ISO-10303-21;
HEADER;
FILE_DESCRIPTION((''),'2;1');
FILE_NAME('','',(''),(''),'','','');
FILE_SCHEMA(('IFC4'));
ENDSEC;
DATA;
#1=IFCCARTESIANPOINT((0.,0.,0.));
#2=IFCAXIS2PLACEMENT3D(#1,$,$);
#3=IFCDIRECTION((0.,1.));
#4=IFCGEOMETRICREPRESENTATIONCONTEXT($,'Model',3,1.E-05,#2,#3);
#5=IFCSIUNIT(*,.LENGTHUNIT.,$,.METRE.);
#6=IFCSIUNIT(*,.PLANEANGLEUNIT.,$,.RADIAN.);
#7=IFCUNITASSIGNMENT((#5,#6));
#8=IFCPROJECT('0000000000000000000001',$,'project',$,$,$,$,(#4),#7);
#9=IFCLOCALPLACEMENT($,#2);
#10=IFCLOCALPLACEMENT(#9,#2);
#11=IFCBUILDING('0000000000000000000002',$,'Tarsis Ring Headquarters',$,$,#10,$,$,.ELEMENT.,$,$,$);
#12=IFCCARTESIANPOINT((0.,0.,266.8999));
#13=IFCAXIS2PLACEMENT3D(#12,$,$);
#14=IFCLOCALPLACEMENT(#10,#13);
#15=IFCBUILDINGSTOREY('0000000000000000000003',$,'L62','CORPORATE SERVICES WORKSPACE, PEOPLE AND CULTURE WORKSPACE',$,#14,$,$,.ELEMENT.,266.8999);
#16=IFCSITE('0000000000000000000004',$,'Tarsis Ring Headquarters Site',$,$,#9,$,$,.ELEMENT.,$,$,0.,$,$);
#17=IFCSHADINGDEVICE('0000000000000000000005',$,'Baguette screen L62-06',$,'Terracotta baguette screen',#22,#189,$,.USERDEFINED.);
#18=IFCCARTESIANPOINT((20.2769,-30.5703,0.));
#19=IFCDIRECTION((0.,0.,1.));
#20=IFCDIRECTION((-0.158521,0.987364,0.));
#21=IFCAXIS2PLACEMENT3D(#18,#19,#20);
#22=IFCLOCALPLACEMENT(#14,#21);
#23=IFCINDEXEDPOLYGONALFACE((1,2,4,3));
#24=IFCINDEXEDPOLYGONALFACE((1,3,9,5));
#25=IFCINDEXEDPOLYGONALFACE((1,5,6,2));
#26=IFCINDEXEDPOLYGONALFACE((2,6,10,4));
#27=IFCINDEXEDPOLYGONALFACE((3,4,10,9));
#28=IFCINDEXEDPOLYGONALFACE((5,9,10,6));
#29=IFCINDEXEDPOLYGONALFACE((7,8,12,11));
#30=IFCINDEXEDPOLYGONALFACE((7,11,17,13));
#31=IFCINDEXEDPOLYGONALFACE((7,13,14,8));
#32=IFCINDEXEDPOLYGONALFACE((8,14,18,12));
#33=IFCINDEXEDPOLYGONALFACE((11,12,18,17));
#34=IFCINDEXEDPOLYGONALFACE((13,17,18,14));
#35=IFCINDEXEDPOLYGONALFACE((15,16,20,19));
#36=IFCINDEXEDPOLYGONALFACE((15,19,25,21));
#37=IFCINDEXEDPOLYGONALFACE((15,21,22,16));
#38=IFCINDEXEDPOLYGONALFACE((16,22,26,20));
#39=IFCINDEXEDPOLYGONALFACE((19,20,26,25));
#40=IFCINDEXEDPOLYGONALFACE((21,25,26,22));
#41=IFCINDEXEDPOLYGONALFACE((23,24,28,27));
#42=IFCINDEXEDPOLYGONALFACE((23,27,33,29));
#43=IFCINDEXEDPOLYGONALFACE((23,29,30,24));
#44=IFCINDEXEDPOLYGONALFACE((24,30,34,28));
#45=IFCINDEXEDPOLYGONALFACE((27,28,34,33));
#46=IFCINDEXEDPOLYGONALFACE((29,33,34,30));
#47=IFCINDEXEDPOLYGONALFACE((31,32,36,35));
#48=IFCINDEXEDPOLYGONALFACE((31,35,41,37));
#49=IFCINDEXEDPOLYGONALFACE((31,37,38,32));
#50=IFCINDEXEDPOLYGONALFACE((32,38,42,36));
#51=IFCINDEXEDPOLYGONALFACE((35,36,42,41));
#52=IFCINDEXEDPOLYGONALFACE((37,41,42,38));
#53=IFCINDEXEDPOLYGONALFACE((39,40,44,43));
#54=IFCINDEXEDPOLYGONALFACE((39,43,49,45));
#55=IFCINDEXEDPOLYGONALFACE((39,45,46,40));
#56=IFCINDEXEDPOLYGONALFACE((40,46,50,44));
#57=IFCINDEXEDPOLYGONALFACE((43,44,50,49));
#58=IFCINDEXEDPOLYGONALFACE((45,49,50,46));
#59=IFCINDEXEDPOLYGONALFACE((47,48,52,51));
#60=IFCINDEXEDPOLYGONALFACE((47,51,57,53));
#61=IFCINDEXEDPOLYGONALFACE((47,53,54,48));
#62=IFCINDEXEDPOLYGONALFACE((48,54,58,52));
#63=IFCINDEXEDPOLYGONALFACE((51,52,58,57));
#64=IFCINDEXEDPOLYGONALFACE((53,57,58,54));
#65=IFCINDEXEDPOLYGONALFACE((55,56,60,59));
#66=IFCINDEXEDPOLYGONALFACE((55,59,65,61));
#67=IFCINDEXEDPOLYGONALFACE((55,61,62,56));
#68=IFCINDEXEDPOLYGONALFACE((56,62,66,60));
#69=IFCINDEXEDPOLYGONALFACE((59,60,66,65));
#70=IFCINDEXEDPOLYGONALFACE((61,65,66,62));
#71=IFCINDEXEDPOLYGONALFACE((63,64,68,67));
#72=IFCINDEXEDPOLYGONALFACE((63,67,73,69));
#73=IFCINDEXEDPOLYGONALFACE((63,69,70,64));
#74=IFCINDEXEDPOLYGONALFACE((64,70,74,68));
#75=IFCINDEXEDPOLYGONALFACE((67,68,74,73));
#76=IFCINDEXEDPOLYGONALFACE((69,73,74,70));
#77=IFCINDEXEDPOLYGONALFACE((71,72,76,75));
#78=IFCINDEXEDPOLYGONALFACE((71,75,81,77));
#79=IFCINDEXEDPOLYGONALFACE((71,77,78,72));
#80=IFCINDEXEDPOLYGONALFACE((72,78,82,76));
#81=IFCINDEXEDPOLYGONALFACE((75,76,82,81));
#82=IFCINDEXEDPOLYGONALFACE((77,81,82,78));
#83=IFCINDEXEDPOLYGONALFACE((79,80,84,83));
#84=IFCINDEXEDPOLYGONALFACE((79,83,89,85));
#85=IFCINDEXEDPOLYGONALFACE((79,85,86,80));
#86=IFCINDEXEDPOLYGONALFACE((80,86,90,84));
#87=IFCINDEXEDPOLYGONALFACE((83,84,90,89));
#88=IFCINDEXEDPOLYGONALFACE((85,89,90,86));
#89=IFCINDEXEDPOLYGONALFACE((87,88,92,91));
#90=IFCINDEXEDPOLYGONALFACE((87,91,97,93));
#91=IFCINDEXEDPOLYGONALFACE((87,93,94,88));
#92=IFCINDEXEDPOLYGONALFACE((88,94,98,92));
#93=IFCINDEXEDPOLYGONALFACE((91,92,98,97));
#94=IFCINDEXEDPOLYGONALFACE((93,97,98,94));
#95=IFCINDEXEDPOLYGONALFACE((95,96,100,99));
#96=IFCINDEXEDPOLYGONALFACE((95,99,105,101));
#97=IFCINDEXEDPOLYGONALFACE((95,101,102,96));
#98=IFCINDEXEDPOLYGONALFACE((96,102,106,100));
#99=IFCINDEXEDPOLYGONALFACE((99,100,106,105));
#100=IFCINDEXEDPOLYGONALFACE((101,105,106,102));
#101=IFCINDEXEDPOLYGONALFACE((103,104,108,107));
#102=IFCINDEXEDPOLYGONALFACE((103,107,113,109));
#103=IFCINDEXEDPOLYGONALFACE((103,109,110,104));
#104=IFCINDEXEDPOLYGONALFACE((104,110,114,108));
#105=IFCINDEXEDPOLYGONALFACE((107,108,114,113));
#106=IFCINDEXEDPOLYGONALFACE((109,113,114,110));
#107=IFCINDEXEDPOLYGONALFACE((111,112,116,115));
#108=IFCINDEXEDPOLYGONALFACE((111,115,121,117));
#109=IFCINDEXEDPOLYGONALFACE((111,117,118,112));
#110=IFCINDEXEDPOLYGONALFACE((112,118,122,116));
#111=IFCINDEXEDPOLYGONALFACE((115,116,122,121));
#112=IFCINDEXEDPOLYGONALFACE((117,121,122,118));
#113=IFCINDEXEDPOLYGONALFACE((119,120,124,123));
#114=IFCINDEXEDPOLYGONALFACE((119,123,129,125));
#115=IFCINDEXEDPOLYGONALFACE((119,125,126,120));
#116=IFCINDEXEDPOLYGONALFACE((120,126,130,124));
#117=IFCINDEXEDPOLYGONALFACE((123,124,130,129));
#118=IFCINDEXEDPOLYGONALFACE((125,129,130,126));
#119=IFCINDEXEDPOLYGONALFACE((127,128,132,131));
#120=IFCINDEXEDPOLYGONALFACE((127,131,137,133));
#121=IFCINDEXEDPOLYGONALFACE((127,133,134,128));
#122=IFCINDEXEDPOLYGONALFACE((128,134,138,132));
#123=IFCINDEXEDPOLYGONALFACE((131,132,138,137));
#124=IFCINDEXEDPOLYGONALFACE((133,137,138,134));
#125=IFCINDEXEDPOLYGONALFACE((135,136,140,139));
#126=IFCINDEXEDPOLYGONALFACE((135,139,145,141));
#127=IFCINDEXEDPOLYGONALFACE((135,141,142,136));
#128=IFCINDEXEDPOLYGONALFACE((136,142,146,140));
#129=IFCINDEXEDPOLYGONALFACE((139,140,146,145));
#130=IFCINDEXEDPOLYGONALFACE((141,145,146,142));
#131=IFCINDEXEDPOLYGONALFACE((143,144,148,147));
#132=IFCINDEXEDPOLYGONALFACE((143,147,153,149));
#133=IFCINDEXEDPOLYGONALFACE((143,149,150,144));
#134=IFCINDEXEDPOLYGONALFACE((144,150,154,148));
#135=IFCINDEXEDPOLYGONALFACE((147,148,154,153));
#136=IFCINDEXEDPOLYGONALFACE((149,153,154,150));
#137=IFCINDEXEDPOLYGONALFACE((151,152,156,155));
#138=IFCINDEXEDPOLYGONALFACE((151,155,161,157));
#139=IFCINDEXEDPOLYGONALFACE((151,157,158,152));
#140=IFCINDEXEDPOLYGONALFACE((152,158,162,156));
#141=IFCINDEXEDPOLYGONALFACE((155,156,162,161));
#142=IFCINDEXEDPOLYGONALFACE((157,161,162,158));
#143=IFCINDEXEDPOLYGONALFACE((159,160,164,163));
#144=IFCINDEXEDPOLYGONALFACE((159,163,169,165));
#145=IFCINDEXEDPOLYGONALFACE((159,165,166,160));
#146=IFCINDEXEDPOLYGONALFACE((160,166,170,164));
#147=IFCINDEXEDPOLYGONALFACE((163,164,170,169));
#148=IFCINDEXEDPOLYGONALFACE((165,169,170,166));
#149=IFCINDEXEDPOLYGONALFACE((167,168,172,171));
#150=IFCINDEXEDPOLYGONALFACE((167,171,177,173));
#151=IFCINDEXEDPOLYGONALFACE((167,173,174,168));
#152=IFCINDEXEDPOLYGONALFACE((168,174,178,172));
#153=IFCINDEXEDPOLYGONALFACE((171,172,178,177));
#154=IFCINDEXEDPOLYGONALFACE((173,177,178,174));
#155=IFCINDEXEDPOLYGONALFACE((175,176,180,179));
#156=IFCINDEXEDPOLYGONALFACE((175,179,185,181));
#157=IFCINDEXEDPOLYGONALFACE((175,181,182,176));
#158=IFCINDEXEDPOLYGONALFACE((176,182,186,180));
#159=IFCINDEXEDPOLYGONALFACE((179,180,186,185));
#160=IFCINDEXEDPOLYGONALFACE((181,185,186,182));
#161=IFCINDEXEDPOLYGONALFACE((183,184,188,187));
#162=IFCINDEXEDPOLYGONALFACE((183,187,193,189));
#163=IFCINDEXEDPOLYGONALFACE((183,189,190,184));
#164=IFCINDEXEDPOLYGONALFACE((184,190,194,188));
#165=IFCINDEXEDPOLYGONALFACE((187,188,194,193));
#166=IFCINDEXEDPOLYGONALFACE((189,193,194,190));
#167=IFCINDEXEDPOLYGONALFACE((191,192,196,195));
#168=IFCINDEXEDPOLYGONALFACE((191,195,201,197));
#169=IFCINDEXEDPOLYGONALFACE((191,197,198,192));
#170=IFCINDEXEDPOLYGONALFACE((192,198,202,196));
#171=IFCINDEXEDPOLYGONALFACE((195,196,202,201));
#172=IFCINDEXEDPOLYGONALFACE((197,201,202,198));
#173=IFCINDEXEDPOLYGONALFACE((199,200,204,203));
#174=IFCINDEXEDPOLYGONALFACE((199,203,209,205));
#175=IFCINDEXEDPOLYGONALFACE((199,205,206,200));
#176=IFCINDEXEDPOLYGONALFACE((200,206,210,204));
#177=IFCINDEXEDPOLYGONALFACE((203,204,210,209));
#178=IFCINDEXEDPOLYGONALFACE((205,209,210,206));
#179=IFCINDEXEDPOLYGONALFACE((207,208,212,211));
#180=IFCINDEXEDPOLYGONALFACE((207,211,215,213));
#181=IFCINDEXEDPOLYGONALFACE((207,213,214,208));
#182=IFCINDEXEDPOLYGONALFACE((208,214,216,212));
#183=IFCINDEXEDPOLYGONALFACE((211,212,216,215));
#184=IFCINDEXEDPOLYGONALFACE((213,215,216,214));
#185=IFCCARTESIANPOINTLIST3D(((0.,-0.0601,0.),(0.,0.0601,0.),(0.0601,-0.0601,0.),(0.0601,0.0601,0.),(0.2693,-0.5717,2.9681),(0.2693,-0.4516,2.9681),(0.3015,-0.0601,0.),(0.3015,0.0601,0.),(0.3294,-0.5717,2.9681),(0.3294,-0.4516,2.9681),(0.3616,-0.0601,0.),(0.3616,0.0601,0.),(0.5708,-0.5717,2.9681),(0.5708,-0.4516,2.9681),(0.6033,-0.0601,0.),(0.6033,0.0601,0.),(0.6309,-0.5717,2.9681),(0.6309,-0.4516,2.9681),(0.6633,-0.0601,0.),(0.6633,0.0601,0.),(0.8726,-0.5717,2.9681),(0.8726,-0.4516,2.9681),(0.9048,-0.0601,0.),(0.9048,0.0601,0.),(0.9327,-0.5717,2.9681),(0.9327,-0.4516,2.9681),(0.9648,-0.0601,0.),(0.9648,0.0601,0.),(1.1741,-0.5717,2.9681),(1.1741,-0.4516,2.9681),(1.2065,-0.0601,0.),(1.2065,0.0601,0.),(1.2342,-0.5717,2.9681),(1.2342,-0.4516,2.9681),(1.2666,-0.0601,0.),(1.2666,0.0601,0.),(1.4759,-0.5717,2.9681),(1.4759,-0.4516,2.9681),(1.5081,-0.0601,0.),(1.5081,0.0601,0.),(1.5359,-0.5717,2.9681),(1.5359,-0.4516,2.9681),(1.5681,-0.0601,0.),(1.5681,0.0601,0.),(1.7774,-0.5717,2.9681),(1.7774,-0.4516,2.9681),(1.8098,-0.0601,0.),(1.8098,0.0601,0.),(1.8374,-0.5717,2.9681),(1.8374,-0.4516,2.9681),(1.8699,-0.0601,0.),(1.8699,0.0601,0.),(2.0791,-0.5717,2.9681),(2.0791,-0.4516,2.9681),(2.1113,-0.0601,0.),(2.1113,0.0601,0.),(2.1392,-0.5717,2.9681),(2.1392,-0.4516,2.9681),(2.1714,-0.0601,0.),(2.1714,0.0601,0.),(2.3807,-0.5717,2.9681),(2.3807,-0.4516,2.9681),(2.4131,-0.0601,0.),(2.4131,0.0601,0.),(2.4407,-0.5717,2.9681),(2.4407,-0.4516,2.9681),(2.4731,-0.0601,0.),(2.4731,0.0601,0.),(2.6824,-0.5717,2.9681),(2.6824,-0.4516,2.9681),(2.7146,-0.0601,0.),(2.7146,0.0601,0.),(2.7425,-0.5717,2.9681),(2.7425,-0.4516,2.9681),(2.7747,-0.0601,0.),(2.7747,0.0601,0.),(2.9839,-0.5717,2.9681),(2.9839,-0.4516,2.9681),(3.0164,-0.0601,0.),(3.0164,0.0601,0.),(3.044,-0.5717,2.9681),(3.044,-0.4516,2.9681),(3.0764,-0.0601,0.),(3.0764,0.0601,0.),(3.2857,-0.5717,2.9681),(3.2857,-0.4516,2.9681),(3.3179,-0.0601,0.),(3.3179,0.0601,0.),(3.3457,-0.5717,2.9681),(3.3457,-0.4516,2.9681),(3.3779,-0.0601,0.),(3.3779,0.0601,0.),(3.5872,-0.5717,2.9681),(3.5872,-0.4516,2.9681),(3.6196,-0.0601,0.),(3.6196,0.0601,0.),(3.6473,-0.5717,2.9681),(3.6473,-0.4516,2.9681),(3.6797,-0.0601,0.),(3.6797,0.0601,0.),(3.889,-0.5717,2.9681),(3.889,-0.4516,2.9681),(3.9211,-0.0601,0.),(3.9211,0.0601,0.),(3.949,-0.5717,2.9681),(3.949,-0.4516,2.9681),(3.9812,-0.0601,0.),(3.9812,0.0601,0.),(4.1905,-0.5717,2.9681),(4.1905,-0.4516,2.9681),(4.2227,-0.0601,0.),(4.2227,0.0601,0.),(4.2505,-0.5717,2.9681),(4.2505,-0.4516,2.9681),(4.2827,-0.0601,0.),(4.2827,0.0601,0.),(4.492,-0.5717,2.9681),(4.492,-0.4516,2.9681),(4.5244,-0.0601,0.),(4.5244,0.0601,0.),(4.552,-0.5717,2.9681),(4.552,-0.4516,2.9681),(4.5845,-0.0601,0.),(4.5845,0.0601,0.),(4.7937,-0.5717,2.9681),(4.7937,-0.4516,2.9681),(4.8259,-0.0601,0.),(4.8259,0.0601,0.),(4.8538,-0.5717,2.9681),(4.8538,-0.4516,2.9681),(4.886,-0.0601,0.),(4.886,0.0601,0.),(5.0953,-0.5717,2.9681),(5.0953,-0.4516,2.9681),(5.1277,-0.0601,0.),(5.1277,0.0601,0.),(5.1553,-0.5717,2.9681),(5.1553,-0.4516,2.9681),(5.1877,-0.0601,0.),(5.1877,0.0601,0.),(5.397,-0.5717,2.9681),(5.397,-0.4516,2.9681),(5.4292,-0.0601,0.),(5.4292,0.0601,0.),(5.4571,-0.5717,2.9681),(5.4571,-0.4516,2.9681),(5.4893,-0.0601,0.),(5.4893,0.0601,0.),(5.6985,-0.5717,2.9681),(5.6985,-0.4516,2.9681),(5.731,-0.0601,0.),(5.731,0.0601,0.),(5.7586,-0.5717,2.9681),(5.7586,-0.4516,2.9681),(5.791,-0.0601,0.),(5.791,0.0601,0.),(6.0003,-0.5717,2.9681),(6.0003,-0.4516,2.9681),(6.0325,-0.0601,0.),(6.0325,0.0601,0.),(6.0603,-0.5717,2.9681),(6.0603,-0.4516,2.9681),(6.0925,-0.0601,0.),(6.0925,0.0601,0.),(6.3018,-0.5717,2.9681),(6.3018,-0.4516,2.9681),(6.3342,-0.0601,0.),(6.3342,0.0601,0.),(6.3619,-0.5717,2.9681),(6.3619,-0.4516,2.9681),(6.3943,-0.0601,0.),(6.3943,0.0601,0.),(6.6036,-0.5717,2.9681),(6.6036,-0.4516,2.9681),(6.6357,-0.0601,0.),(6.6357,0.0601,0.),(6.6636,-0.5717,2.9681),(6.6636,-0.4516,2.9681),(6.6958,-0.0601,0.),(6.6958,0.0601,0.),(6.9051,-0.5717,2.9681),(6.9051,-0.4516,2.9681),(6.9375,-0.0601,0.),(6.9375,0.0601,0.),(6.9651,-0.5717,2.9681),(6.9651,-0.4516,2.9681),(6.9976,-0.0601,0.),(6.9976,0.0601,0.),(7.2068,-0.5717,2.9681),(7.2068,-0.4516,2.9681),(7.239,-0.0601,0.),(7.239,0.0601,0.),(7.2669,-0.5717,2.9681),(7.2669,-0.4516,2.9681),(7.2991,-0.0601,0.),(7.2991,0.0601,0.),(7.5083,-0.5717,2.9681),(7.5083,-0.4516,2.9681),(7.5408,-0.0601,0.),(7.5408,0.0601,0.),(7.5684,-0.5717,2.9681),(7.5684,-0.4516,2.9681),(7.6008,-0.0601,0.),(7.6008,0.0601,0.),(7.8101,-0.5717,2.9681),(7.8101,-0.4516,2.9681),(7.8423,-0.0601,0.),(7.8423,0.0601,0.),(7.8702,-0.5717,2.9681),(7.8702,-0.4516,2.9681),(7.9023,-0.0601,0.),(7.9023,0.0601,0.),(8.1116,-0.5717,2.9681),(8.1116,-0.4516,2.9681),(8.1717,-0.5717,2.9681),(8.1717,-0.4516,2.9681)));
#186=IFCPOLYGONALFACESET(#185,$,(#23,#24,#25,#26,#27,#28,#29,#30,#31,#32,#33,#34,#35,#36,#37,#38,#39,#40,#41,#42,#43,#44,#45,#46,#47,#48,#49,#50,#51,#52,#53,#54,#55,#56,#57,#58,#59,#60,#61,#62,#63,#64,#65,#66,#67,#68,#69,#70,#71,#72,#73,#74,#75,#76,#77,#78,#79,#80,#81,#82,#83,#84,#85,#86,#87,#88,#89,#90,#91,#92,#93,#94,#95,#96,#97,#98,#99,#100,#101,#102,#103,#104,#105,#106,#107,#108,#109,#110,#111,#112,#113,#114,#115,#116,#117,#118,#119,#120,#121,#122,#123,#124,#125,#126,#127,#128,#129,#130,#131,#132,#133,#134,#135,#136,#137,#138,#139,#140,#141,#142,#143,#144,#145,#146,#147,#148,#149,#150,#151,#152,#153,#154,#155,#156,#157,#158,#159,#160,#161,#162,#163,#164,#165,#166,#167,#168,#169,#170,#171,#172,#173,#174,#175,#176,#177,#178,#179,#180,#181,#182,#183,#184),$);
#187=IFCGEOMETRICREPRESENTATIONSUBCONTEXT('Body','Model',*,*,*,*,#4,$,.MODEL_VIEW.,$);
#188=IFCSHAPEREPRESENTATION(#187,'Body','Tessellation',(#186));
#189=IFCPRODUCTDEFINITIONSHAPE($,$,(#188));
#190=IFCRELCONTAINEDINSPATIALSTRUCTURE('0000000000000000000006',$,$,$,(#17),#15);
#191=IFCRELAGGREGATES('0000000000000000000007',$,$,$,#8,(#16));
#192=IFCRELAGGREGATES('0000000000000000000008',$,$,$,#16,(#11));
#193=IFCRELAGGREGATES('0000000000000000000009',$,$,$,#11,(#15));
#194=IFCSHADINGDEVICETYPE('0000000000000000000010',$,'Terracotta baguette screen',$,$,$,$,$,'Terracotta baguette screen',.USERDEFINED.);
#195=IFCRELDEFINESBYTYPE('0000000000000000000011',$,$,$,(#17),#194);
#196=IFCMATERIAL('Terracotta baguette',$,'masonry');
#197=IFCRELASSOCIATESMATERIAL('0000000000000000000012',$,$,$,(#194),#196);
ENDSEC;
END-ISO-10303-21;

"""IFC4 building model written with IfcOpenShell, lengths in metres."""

from ifc_helpers import new_model, si_unit, direction, frame, frame_2d, origin, place, context, subcontext, project, spatial, rectangle, composite_profile, extrude, material, type_object, element, save


model = new_model("IFC4")

# Units and contexts
model_context = context("Model", 3, precision=1e-05, world=origin(), true_north=direction((0.0, 1.0)))
body_context = subcontext(model_context, "Body", "Model", "MODEL_VIEW")
ifc_project = project(units=[si_unit("LENGTHUNIT", "METRE"), si_unit("PLANEANGLEUNIT", "RADIAN")], contexts=[model_context])

# Site, building, storey
site_placement = place(None, origin())
site = spatial("IfcSite", under=ifc_project, at=site_placement, Name="Tarsis Ring Headquarters Site", CompositionType="ELEMENT", RefElevation=0.0)
building_placement = place(site_placement, origin())
building = spatial("IfcBuilding", under=site, at=building_placement, Name="Tarsis Ring Headquarters", CompositionType="ELEMENT")
storey_placement = place(building_placement, frame((0.0, 0.0, 266.8999)))
storey = spatial("IfcBuildingStorey", under=building, at=storey_placement, Name="L62", Description="CORPORATE SERVICES WORKSPACE, PEOPLE AND CULTURE WORKSPACE", CompositionType="ELEMENT", Elevation=266.8999)

# Shading device
ifc_material_1 = material(Name="Terracotta baguette", Category="masonry")
shading_device_type_1 = type_object("IfcShadingDeviceType", Name="Terracotta baguette screen", ElementType="Terracotta baguette screen", PredefinedType="USERDEFINED", material=ifc_material_1)
shading_device_1_placement = place(storey_placement, frame((20.2769, -30.5703, 0.0), z_axis=(0.0, 0.0, 1.0), x_axis=(-0.158521, 0.987364, 0.0)))
element("IfcShadingDevice", 1, at=shading_device_1_placement, inside=storey, type_object=shading_device_type_1, Name="Baguette screen L62-06", ObjectType="Terracotta baguette screen", PredefinedType="USERDEFINED", context=body_context, shape_type="SweptSolid", body=[
    extrude(composite_profile([rectangle(XDim=0.0601, YDim=0.1201, at=frame_2d((0.03, 0.0))), rectangle(XDim=0.0601, YDim=0.1201, at=frame_2d((0.3315, 0.0))), rectangle(XDim=0.0601, YDim=0.1201, at=frame_2d((0.6333, 0.0))), rectangle(XDim=0.0601, YDim=0.1201, at=frame_2d((0.9348, 0.0))), rectangle(XDim=0.0601, YDim=0.1201, at=frame_2d((1.2366, 0.0))), rectangle(XDim=0.0601, YDim=0.1201, at=frame_2d((1.5381, 0.0))), rectangle(XDim=0.0601, YDim=0.1201, at=frame_2d((1.8398, 0.0))), rectangle(XDim=0.0601, YDim=0.1201, at=frame_2d((2.1414, 0.0))), rectangle(XDim=0.0601, YDim=0.1201, at=frame_2d((2.4431, 0.0))), rectangle(XDim=0.0601, YDim=0.1201, at=frame_2d((2.7446, 0.0))), rectangle(XDim=0.0601, YDim=0.1201, at=frame_2d((3.0464, 0.0))), rectangle(XDim=0.0601, YDim=0.1201, at=frame_2d((3.3479, 0.0))), rectangle(XDim=0.0601, YDim=0.1201, at=frame_2d((3.6497, 0.0))), rectangle(XDim=0.0601, YDim=0.1201, at=frame_2d((3.9512, 0.0))), rectangle(XDim=0.0601, YDim=0.1201, at=frame_2d((4.2527, 0.0))), rectangle(XDim=0.0601, YDim=0.1201, at=frame_2d((4.5544, 0.0))), rectangle(XDim=0.0601, YDim=0.1201, at=frame_2d((4.856, 0.0))), rectangle(XDim=0.0601, YDim=0.1201, at=frame_2d((5.1577, 0.0))), rectangle(XDim=0.0601, YDim=0.1201, at=frame_2d((5.4592, 0.0))), rectangle(XDim=0.0601, YDim=0.1201, at=frame_2d((5.761, 0.0))), rectangle(XDim=0.0601, YDim=0.1201, at=frame_2d((6.0625, 0.0))), rectangle(XDim=0.0601, YDim=0.1201, at=frame_2d((6.3643, 0.0))), rectangle(XDim=0.0601, YDim=0.1201, at=frame_2d((6.6658, 0.0))), rectangle(XDim=0.0601, YDim=0.1201, at=frame_2d((6.9675, 0.0))), rectangle(XDim=0.0601, YDim=0.1201, at=frame_2d((7.269, 0.0))), rectangle(XDim=0.0601, YDim=0.1201, at=frame_2d((7.5708, 0.0))), rectangle(XDim=0.0601, YDim=0.1201, at=frame_2d((7.8723, 0.0)))]), origin(), (0.089066, -0.169195, 0.98155), 3.0239),
])

save(model, "model.ifc")
